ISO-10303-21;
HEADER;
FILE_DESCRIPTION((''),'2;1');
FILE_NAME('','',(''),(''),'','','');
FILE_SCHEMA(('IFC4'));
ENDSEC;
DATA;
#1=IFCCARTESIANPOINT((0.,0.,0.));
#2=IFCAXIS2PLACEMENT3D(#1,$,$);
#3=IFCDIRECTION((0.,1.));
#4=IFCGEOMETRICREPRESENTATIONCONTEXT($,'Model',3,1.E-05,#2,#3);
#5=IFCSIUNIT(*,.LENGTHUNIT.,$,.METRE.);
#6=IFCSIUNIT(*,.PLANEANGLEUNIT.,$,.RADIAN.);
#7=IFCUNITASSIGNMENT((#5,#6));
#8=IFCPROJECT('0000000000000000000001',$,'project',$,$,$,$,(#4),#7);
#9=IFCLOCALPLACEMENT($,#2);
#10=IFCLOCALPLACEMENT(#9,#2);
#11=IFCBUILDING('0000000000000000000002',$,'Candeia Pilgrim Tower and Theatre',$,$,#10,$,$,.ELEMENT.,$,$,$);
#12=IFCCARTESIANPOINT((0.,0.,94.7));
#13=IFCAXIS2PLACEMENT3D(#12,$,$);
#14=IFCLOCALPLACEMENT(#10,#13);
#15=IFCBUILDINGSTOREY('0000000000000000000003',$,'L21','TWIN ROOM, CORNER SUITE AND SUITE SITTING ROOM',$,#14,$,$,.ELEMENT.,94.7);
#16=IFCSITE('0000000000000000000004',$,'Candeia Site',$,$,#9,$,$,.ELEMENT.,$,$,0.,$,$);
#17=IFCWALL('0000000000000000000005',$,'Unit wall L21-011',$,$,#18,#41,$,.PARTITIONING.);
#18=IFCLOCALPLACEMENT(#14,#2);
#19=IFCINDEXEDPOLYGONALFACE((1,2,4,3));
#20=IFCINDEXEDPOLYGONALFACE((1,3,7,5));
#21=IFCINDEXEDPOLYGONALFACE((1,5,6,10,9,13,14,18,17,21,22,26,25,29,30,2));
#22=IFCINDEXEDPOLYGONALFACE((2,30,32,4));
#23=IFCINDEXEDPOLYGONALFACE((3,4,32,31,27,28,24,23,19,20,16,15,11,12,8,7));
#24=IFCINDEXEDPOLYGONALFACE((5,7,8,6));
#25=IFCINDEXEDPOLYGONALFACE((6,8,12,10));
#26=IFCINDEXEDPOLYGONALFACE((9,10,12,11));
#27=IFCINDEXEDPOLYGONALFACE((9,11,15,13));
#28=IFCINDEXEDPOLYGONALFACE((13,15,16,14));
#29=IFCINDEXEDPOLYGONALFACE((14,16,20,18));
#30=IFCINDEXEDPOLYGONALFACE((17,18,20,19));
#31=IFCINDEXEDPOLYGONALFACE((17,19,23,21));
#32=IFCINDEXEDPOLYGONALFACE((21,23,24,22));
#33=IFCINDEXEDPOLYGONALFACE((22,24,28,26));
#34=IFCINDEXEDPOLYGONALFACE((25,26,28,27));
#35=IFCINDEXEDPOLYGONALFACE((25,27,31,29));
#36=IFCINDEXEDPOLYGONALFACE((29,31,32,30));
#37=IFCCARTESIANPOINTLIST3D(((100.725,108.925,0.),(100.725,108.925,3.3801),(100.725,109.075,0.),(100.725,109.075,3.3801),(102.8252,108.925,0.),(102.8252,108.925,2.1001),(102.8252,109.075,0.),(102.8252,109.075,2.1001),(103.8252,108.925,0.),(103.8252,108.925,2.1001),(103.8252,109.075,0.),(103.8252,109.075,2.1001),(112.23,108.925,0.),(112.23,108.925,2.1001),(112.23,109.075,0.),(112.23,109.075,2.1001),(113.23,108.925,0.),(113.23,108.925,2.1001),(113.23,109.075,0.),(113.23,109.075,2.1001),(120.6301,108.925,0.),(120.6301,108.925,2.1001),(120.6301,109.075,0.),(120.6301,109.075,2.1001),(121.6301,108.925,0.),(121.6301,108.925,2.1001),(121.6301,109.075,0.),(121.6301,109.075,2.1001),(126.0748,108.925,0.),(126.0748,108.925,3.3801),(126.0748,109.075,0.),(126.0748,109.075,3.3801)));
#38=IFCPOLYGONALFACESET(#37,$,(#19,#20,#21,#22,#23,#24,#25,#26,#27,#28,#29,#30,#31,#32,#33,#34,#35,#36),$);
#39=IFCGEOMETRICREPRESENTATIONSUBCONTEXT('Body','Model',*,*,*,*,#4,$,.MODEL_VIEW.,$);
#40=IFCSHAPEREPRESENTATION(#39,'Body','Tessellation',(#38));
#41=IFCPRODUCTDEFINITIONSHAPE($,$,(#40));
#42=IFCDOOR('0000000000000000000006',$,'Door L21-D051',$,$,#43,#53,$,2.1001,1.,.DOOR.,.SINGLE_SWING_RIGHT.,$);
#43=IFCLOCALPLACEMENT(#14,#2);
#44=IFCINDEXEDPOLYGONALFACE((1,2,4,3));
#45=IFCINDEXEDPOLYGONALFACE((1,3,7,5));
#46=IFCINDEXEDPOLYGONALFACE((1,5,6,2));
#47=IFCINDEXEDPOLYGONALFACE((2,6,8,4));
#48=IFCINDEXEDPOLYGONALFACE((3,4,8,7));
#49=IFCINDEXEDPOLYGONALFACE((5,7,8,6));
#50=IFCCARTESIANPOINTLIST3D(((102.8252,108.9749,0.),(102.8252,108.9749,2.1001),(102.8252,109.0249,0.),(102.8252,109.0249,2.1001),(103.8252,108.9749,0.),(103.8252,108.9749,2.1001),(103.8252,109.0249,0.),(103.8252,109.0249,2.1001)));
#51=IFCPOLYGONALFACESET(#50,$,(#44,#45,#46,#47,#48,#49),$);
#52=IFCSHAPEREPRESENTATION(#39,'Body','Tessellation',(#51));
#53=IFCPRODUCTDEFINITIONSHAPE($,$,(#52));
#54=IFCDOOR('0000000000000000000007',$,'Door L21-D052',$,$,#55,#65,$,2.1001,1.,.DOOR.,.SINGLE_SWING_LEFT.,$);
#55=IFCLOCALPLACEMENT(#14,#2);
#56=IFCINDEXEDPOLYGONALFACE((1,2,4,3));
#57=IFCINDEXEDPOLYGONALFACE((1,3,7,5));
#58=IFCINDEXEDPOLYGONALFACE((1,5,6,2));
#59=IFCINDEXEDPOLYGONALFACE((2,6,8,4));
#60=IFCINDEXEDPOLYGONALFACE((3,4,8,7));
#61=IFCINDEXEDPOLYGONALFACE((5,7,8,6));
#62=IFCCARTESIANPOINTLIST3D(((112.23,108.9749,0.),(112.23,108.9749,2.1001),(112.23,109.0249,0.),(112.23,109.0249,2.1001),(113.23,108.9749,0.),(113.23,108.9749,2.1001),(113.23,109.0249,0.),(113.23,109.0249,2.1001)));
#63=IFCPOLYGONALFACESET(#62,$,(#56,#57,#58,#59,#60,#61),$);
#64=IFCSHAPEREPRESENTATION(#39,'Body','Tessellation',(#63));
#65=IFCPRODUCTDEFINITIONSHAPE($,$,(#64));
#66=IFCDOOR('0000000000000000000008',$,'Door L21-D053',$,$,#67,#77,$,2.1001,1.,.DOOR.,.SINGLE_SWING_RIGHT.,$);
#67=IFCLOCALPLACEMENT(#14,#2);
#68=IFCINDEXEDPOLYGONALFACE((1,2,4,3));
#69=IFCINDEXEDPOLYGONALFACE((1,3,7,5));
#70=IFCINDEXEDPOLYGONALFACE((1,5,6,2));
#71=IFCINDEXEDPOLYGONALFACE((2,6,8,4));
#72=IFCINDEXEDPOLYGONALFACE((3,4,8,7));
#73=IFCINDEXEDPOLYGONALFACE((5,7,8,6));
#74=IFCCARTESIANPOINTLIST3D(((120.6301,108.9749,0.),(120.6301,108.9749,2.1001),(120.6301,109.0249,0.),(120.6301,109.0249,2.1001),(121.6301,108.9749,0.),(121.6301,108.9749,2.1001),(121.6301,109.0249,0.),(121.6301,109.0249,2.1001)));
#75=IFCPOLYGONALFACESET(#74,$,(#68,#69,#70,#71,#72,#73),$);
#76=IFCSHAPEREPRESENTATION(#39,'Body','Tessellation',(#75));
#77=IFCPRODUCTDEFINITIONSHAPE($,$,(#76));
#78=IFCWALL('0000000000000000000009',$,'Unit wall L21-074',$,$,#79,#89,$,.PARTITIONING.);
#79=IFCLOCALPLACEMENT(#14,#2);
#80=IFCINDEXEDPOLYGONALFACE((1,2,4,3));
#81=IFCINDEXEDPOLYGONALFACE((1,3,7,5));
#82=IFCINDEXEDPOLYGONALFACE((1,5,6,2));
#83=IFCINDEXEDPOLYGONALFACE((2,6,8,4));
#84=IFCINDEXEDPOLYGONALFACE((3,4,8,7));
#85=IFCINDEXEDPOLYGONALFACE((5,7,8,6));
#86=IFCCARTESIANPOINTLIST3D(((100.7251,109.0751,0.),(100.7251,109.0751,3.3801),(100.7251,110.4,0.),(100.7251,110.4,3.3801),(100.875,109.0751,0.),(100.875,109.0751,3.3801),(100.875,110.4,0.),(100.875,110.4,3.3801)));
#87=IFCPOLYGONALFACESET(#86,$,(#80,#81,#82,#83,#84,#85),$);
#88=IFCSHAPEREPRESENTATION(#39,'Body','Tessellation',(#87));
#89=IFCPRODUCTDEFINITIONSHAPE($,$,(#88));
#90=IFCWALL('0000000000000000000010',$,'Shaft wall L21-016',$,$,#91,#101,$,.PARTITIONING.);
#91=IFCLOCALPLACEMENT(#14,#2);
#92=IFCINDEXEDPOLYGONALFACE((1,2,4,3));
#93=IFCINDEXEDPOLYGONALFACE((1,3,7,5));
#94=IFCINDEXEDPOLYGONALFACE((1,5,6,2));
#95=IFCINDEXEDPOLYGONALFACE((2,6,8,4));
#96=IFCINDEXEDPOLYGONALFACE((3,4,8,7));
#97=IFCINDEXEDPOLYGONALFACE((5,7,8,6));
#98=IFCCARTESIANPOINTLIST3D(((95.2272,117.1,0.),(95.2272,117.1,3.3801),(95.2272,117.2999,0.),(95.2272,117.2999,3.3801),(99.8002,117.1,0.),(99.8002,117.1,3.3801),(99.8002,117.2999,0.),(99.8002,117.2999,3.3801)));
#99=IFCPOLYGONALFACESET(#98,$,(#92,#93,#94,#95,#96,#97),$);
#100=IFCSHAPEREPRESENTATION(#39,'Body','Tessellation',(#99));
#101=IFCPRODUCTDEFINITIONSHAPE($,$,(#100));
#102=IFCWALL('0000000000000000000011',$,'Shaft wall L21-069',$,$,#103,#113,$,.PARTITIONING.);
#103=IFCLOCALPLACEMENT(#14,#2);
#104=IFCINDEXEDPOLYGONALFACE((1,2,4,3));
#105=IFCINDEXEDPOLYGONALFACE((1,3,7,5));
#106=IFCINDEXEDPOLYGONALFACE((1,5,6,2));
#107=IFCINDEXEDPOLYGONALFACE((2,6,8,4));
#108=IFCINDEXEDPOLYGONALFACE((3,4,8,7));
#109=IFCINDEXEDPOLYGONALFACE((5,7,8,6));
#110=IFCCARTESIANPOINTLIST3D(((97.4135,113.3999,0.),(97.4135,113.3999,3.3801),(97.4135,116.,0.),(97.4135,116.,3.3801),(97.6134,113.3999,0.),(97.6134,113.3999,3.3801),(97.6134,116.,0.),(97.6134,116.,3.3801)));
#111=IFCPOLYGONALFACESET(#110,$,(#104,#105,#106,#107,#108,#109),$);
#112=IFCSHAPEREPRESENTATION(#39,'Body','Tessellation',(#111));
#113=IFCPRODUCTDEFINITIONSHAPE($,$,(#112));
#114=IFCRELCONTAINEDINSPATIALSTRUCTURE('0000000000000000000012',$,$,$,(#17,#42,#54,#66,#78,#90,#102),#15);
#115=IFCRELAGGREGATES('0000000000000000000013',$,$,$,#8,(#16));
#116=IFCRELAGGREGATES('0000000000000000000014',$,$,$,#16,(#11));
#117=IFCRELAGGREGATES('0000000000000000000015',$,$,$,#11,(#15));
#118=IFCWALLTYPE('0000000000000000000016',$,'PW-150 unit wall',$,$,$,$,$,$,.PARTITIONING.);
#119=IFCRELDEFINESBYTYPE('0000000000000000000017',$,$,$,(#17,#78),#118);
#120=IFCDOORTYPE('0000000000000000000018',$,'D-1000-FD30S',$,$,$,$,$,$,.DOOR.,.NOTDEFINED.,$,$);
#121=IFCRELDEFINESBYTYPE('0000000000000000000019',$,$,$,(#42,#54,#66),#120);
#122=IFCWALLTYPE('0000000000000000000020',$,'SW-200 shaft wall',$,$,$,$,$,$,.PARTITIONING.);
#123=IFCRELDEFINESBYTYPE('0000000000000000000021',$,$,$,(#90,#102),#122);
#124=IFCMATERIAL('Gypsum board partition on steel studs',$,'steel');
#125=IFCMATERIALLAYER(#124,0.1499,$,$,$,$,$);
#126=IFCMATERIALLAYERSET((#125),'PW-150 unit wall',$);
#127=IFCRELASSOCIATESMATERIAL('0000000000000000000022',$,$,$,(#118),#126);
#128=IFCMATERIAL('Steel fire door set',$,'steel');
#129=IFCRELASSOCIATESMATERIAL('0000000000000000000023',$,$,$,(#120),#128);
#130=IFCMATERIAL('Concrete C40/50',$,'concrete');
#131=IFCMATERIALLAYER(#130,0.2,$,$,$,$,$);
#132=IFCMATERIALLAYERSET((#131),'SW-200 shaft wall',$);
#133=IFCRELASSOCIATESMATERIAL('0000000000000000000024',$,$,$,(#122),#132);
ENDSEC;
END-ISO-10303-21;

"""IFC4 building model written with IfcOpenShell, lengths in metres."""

from ifc_helpers import new_model, si_unit, direction, frame, frame_2d, origin, place, context, subcontext, project, spatial, rectangle, extrude, material, layer, layer_set, type_object, element, fill, save


model = new_model("IFC4")

# Units and contexts
model_context = context("Model", 3, precision=1e-05, world=origin(), true_north=direction((0.0, 1.0)))
body_context = subcontext(model_context, "Body", "Model", "MODEL_VIEW")
ifc_project = project(units=[si_unit("LENGTHUNIT", "METRE"), si_unit("PLANEANGLEUNIT", "RADIAN")], contexts=[model_context])

# Site, building, storey
site_placement = place(None, origin())
site = spatial("IfcSite", under=ifc_project, at=site_placement, Name="Candeia Site", CompositionType="ELEMENT", RefElevation=0.0)
building_placement = place(site_placement, origin())
building = spatial("IfcBuilding", under=site, at=building_placement, Name="Candeia Pilgrim Tower and Theatre", CompositionType="ELEMENT")
storey_placement = place(building_placement, frame((0.0, 0.0, 94.7)))
storey = spatial("IfcBuildingStorey", under=building, at=storey_placement, Name="L21", Description="TWIN ROOM, CORNER SUITE AND SUITE SITTING ROOM", CompositionType="ELEMENT", Elevation=94.7)

# Shared definitions
ifc_material_1 = material(Name="Steel fire door set", Category="steel")
ifc_material_2 = material(Name="Gypsum board partition on steel studs", Category="steel")

# Wall, openings, doors
ifc_layer_1 = layer(ifc_material_2, 0.1499)
ifc_layer_set_1 = layer_set([ifc_layer_1], Name="PW-150 unit wall")
wall_type_1 = type_object("IfcWallType", Name="PW-150 unit wall", PredefinedType="PARTITIONING", material=ifc_layer_set_1)
wall_1_placement = place(storey_placement, frame((100.7251, 109.0, 0.0), z_axis=(0.0, 0.0, 1.0), x_axis=(1.0, 0.0, 0.0)))
wall_1 = element("IfcWall", 1, at=wall_1_placement, inside=storey, type_object=wall_type_1, Name="Unit wall L21-011", PredefinedType="PARTITIONING", context=body_context, shape_type="SweptSolid", body=[
    extrude(rectangle(XDim=25.3499, YDim=0.1499, at=frame_2d((12.6748, 0.0))), origin(), (0.0, 0.0, 1.0), 3.3801),
])
opening_1_placement = place(wall_1_placement, frame((2.1001, 0.0, 0.0)))
opening_1 = element("IfcOpeningElement", 2, at=opening_1_placement, cuts=wall_1, PredefinedType="OPENING", context=body_context, shape_type="SweptSolid", body=[
    extrude(rectangle(XDim=1.0, YDim=2.1001, at=frame_2d((0.5, 1.05))), frame((0.0, 0.085, 0.0), z_axis=(0.0, -1.0, 0.0), x_axis=(1.0, 0.0, 0.0)), (0.0, 0.0, 1.0), 0.1699),
])
opening_2_placement = place(wall_1_placement, frame((11.5049, 0.0, 0.0)))
opening_2 = element("IfcOpeningElement", 3, at=opening_2_placement, cuts=wall_1, PredefinedType="OPENING", context=body_context, shape_type="SweptSolid", body=[
    extrude(rectangle(XDim=1.0, YDim=2.1001, at=frame_2d((0.5, 1.05))), frame((0.0, 0.085, 0.0), z_axis=(0.0, -1.0, 0.0), x_axis=(1.0, 0.0, 0.0)), (0.0, 0.0, 1.0), 0.1699),
])
opening_3_placement = place(wall_1_placement, frame((19.905, 0.0, 0.0)))
opening_3 = element("IfcOpeningElement", 4, at=opening_3_placement, cuts=wall_1, PredefinedType="OPENING", context=body_context, shape_type="SweptSolid", body=[
    extrude(rectangle(XDim=1.0, YDim=2.1001, at=frame_2d((0.5, 1.05))), frame((0.0, 0.085, 0.0), z_axis=(0.0, -1.0, 0.0), x_axis=(1.0, 0.0, 0.0)), (0.0, 0.0, 1.0), 0.1699),
])
door_type_1 = type_object("IfcDoorType", Name="D-1000-FD30S", OperationType="NOTDEFINED", PredefinedType="DOOR", material=ifc_material_1)
door_1_placement = place(opening_1_placement, origin())
door_1 = element("IfcDoor", 5, at=door_1_placement, inside=storey, type_object=door_type_1, Name="Door L21-D051", OperationType="SINGLE_SWING_RIGHT", OverallHeight=2.1001, OverallWidth=1.0, PredefinedType="DOOR", context=body_context, shape_type="SweptSolid", body=[
    extrude(rectangle(XDim=1.0, YDim=2.1001, at=frame_2d((0.5, 1.05))), frame((0.0, 0.0249, 0.0), z_axis=(0.0, -1.0, 0.0), x_axis=(1.0, 0.0, 0.0)), (0.0, 0.0, 1.0), 0.05),
])
fill(opening_1, door_1)
door_2_placement = place(opening_2_placement, origin())
door_2 = element("IfcDoor", 6, at=door_2_placement, inside=storey, type_object=door_type_1, Name="Door L21-D052", OperationType="SINGLE_SWING_LEFT", OverallHeight=2.1001, OverallWidth=1.0, PredefinedType="DOOR", context=body_context, shape_type="SweptSolid", body=[
    extrude(rectangle(XDim=1.0, YDim=2.1001, at=frame_2d((0.5, 1.05))), frame((0.0, 0.0249, 0.0), z_axis=(0.0, -1.0, 0.0), x_axis=(1.0, 0.0, 0.0)), (0.0, 0.0, 1.0), 0.05),
])
fill(opening_2, door_2)
door_3_placement = place(opening_3_placement, origin())
door_3 = element("IfcDoor", 7, at=door_3_placement, inside=storey, type_object=door_type_1, Name="Door L21-D053", OperationType="SINGLE_SWING_RIGHT", OverallHeight=2.1001, OverallWidth=1.0, PredefinedType="DOOR", context=body_context, shape_type="SweptSolid", body=[
    extrude(rectangle(XDim=1.0, YDim=2.1001, at=frame_2d((0.5, 1.05))), frame((0.0, 0.0249, 0.0), z_axis=(0.0, -1.0, 0.0), x_axis=(1.0, 0.0, 0.0)), (0.0, 0.0, 1.0), 0.05),
])
fill(opening_3, door_3)

# Walls
wall_2_placement = place(storey_placement, frame((100.8, 109.075, 0.0), z_axis=(0.0, 0.0, 1.0), x_axis=(0.0, 1.0, 0.0)))
element("IfcWall", 8, at=wall_2_placement, inside=storey, type_object=wall_type_1, Name="Unit wall L21-074", PredefinedType="PARTITIONING", context=body_context, shape_type="SweptSolid", body=[
    extrude(rectangle(XDim=1.325, YDim=0.1499, at=frame_2d((0.6626, 0.0))), origin(), (0.0, 0.0, 1.0), 3.3801),
])
ifc_material_3 = material(Name="Concrete C40/50", Category="concrete")
ifc_layer_2 = layer(ifc_material_3, 0.2)
ifc_layer_set_2 = layer_set([ifc_layer_2], Name="SW-200 shaft wall")
wall_type_2 = type_object("IfcWallType", Name="SW-200 shaft wall", PredefinedType="PARTITIONING", material=ifc_layer_set_2)
wall_3_placement = place(storey_placement, frame((95.2271, 117.2, 0.0), z_axis=(0.0, 0.0, 1.0), x_axis=(1.0, 0.0, 0.0)))
element("IfcWall", 9, at=wall_3_placement, inside=storey, type_object=wall_type_2, Name="Shaft wall L21-016", PredefinedType="PARTITIONING", context=body_context, shape_type="SweptSolid", body=[
    extrude(rectangle(XDim=4.573, YDim=0.2, at=frame_2d((2.2866, 0.0))), origin(), (0.0, 0.0, 1.0), 3.3801),
])
wall_4_placement = place(storey_placement, frame((97.5134, 113.3999, 0.0), z_axis=(0.0, 0.0, 1.0), x_axis=(0.0, 1.0, 0.0)))
element("IfcWall", 10, at=wall_4_placement, inside=storey, type_object=wall_type_2, Name="Shaft wall L21-069", PredefinedType="PARTITIONING", context=body_context, shape_type="SweptSolid", body=[
    extrude(rectangle(XDim=2.6001, YDim=0.2, at=frame_2d((1.3, 0.0))), origin(), (0.0, 0.0, 1.0), 3.3801),
])

save(model, "model.ifc")
